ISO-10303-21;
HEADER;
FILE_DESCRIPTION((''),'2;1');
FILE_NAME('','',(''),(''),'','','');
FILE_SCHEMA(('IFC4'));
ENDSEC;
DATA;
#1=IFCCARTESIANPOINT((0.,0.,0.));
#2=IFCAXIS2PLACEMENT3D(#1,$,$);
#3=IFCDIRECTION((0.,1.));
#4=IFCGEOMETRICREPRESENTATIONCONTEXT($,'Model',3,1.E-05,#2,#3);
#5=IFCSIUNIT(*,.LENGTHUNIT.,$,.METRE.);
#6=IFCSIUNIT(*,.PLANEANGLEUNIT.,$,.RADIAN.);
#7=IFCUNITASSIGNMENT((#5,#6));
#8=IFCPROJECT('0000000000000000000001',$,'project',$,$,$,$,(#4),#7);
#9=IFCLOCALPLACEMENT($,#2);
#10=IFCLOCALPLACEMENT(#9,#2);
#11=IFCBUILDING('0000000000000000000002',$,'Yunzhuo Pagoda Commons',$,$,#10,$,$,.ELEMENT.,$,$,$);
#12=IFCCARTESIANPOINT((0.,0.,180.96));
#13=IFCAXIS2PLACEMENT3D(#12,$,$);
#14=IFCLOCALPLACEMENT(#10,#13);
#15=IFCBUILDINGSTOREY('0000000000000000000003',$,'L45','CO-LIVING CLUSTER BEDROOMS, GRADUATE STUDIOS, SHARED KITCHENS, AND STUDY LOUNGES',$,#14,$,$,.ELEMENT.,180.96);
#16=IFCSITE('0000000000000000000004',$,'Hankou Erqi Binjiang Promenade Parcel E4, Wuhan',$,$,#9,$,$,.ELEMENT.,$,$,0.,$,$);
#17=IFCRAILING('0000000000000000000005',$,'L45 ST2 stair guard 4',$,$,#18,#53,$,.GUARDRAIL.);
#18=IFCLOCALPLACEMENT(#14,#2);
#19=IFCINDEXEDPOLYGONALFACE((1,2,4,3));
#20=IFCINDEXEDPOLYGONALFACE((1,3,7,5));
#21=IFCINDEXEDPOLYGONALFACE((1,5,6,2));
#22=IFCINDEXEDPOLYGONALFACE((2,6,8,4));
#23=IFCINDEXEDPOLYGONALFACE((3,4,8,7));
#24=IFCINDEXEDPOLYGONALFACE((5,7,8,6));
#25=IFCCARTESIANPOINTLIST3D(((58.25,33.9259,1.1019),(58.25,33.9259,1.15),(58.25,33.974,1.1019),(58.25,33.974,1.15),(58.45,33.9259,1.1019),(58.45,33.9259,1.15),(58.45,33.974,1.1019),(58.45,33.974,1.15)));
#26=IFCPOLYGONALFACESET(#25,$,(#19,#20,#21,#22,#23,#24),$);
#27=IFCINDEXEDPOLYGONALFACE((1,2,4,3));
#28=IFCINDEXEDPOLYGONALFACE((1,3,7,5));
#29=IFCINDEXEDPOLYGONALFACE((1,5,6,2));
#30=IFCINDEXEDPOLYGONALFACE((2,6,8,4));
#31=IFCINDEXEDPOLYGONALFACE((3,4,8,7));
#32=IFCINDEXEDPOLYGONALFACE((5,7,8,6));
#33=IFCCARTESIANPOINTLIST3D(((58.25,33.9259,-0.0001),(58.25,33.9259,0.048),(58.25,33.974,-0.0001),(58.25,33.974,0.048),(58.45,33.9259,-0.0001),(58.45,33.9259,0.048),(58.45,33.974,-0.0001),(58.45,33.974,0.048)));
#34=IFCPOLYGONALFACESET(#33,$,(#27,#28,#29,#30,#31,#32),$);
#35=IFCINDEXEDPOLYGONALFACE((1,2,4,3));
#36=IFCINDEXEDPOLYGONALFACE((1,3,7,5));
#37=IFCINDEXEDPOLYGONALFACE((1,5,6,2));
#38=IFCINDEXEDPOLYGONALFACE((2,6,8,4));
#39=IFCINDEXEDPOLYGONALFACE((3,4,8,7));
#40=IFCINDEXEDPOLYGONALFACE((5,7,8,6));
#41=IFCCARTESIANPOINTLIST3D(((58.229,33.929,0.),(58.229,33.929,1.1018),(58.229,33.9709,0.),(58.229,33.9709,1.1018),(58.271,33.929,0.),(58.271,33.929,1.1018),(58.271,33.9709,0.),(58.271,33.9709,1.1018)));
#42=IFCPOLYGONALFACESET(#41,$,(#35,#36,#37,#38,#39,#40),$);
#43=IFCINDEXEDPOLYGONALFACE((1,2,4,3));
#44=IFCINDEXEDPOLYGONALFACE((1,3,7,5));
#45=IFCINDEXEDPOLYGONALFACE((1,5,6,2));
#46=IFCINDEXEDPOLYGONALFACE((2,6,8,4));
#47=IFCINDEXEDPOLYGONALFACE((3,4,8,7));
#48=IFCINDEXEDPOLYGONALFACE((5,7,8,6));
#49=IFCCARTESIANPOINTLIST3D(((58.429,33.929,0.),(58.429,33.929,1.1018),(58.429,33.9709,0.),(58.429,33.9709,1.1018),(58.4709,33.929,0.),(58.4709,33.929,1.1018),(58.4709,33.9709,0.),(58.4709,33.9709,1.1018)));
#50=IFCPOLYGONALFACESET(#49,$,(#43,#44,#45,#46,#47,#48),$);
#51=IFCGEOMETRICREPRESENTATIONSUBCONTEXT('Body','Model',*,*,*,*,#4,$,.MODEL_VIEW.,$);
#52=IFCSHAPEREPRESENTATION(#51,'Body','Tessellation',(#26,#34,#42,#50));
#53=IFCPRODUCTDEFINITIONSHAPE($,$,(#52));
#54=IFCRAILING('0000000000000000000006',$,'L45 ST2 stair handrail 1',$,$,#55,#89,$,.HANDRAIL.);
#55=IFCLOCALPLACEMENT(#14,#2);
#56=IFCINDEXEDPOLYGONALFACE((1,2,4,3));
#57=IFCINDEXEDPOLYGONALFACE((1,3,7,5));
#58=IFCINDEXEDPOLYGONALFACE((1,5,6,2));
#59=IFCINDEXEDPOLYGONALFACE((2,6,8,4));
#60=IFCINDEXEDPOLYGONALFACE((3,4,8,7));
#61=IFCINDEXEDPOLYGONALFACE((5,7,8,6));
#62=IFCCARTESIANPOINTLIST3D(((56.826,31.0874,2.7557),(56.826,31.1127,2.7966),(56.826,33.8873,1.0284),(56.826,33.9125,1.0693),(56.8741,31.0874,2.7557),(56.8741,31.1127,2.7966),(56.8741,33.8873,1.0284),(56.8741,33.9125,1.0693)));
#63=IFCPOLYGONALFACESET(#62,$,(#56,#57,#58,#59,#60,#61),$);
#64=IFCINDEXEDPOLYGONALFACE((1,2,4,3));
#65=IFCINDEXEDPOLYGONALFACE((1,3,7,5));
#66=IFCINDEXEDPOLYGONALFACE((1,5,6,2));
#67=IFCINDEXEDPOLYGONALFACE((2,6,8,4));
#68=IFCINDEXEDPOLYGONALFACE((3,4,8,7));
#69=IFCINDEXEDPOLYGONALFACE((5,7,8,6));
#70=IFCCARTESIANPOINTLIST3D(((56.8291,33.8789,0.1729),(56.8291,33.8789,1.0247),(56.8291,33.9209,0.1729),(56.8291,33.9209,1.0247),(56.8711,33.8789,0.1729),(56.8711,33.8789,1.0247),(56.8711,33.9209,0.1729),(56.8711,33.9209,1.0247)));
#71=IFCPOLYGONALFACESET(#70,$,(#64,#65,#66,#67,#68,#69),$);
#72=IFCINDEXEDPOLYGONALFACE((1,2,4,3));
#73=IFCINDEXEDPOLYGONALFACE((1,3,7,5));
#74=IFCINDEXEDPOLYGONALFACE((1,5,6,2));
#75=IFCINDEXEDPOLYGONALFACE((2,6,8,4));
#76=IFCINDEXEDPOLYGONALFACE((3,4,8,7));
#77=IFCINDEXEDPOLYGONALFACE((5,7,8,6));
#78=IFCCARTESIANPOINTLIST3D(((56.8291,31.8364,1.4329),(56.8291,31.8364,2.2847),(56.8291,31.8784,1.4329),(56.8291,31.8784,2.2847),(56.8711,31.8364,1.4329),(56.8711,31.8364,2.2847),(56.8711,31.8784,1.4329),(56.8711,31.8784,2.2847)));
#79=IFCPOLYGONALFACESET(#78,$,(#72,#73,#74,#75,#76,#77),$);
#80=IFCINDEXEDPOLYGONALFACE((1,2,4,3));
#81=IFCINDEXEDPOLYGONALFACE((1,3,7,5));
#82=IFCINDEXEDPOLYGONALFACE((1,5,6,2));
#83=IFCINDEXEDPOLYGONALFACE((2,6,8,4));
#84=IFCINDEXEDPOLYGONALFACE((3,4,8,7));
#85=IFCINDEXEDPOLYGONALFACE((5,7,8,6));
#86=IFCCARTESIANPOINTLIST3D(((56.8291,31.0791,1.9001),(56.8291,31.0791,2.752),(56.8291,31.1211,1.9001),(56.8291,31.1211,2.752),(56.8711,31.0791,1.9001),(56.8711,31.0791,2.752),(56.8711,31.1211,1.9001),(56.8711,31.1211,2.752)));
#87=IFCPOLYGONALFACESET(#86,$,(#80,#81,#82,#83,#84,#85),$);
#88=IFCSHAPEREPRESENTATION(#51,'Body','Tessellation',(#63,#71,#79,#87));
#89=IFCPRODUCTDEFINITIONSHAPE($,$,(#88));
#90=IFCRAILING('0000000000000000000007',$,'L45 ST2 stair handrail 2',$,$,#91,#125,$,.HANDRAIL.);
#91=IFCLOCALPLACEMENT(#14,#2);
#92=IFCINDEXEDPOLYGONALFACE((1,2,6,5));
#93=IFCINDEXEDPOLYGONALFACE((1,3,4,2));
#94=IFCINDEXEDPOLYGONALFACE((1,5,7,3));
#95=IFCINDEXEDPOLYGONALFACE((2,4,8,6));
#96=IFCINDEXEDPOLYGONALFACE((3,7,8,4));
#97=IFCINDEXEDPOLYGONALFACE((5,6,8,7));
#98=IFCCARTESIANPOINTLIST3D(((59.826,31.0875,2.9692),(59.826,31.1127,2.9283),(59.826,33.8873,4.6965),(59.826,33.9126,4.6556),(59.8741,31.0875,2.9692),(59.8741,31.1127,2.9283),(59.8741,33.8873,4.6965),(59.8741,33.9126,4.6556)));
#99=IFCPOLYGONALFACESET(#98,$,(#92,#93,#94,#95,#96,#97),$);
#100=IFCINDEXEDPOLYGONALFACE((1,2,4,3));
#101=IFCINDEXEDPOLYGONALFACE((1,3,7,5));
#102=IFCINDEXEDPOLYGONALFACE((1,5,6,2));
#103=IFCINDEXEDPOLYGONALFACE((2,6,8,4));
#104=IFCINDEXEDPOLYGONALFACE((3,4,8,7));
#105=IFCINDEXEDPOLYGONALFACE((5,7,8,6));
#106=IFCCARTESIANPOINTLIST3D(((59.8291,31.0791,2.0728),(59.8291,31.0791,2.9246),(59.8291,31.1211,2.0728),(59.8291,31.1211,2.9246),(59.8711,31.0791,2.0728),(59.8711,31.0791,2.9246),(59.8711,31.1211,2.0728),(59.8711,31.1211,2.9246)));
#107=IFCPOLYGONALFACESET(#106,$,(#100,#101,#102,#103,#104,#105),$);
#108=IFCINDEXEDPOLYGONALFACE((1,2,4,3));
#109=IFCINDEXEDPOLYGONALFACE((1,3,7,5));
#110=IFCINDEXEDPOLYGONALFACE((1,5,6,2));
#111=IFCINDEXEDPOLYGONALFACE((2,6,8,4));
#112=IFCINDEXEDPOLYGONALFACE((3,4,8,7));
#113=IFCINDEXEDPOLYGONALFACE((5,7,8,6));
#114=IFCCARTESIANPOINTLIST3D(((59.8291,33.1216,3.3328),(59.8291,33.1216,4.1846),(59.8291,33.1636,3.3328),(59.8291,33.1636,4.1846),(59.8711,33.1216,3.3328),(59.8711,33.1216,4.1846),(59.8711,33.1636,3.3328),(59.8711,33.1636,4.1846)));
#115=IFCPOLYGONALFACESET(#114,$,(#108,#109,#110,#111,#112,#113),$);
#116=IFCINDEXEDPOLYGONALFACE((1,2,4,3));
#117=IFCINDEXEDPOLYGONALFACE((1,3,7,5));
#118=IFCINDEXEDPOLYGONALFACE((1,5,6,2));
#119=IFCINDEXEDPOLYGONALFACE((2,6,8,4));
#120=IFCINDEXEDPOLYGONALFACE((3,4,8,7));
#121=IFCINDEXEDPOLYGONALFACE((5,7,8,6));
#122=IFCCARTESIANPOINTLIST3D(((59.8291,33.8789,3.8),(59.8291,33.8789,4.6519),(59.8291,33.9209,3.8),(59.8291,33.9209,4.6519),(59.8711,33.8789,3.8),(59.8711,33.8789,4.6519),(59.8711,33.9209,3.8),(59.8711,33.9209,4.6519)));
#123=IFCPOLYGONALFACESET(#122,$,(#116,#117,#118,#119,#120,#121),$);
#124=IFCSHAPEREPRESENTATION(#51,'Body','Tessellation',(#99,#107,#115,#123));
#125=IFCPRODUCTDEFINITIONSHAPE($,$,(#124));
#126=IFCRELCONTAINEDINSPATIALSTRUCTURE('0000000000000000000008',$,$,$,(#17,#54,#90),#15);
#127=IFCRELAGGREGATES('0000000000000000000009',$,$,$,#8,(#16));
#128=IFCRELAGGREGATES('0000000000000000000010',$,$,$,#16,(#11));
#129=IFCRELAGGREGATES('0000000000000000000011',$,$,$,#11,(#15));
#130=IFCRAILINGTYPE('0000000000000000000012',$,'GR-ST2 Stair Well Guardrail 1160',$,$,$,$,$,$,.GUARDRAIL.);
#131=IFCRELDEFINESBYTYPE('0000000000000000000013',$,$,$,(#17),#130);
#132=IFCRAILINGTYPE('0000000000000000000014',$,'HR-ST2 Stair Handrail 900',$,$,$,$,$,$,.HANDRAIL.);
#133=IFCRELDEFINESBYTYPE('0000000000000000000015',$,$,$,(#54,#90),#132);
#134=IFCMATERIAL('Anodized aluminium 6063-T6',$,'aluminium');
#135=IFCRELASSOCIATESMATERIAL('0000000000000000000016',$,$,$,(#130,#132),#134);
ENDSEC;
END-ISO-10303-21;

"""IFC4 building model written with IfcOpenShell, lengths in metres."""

from ifc_helpers import new_model, si_unit, direction, frame, origin, origin_2d, place, context, subcontext, project, spatial, rectangle, extrude, material, type_object, element, save


model = new_model("IFC4")

# Units and contexts
model_context = context("Model", 3, precision=1e-05, world=origin(), true_north=direction((0.0, 1.0)))
body_context = subcontext(model_context, "Body", "Model", "MODEL_VIEW")
ifc_project = project(units=[si_unit("LENGTHUNIT", "METRE"), si_unit("PLANEANGLEUNIT", "RADIAN")], contexts=[model_context])

# Site, building, storey
site_placement = place(None, origin())
site = spatial("IfcSite", under=ifc_project, at=site_placement, Name="Hankou Erqi Binjiang Promenade Parcel E4, Wuhan", CompositionType="ELEMENT", RefElevation=0.0)
building_placement = place(site_placement, origin())
building = spatial("IfcBuilding", under=site, at=building_placement, Name="Yunzhuo Pagoda Commons", CompositionType="ELEMENT")
storey_placement = place(building_placement, frame((0.0, 0.0, 180.96)))
storey = spatial("IfcBuildingStorey", under=building, at=storey_placement, Name="L45", Description="CO-LIVING CLUSTER BEDROOMS, GRADUATE STUDIOS, SHARED KITCHENS, AND STUDY LOUNGES", CompositionType="ELEMENT", Elevation=180.96)

# Railings
ifc_material_1 = material(Name="Anodized aluminium 6063-T6", Category="aluminium")
railing_type_1 = type_object("IfcRailingType", Name="GR-ST2 Stair Well Guardrail 1160", PredefinedType="GUARDRAIL", material=ifc_material_1)
railing_1_placement = place(storey_placement, frame((58.25, 33.95, 0.0)))
element("IfcRailing", 1, at=railing_1_placement, inside=storey, type_object=railing_type_1, Name="L45 ST2 stair guard 4", PredefinedType="GUARDRAIL", context=body_context, shape_type="SweptSolid", body=[
    extrude(rectangle(XDim=0.0481, YDim=0.0481, at=origin_2d()), frame((0.0, 0.0, 1.126), z_axis=(1.0, 0.0, 0.0), x_axis=(0.0, 1.0, 0.0)), (0.0, 0.0, 1.0), 0.2),
    extrude(rectangle(XDim=0.0481, YDim=0.0481, at=origin_2d()), frame((0.0, 0.0, 0.0239), z_axis=(1.0, 0.0, 0.0), x_axis=(0.0, 1.0, 0.0)), (0.0, 0.0, 1.0), 0.2),
    extrude(rectangle(XDim=0.042, YDim=0.042, at=origin_2d()), origin(), (0.0, 0.0, 1.0), 1.1018),
    extrude(rectangle(XDim=0.042, YDim=0.042, at=origin_2d()), frame((0.2, 0.0, 0.0)), (0.0, 0.0, 1.0), 1.1018),
])
railing_type_2 = type_object("IfcRailingType", Name="HR-ST2 Stair Handrail 900", PredefinedType="HANDRAIL", material=ifc_material_1)
railing_2_placement = place(storey_placement, frame((56.8501, 33.8999, 0.1729)))
element("IfcRailing", 2, at=railing_2_placement, inside=storey, type_object=railing_type_2, Name="L45 ST2 stair handrail 1", PredefinedType="HANDRAIL", context=body_context, shape_type="SweptSolid", body=[
    extrude(rectangle(XDim=0.0481, YDim=0.0481, at=origin_2d()), frame((0.0, 0.0, 0.876), z_axis=(0.0, -0.851069, 0.525054), x_axis=(1.0, 0.0, 0.0)), (0.0, 0.0, 1.0), 3.2898),
    extrude(rectangle(XDim=0.042, YDim=0.042, at=origin_2d()), origin(), (0.0, 0.0, 1.0), 0.8518),
    extrude(rectangle(XDim=0.042, YDim=0.042, at=origin_2d()), frame((0.0, -2.0425, 1.26)), (0.0, 0.0, 1.0), 0.8518),
    extrude(rectangle(XDim=0.042, YDim=0.042, at=origin_2d()), frame((0.0, -2.7998, 1.7273)), (0.0, 0.0, 1.0), 0.8518),
])
railing_3_placement = place(storey_placement, frame((59.8501, 31.1001, 2.0728)))
element("IfcRailing", 3, at=railing_3_placement, inside=storey, type_object=railing_type_2, Name="L45 ST2 stair handrail 2", PredefinedType="HANDRAIL", context=body_context, shape_type="SweptSolid", body=[
    extrude(rectangle(XDim=0.0481, YDim=0.0481, at=origin_2d()), frame((0.0, 0.0, 0.876), z_axis=(0.0, 0.851069, 0.525054), x_axis=(-1.0, 0.0, 0.0)), (0.0, 0.0, 1.0), 3.2898),
    extrude(rectangle(XDim=0.042, YDim=0.042, at=origin_2d()), origin(), (0.0, 0.0, 1.0), 0.8518),
    extrude(rectangle(XDim=0.042, YDim=0.042, at=origin_2d()), frame((0.0, 2.0425, 1.26)), (0.0, 0.0, 1.0), 0.8518),
    extrude(rectangle(XDim=0.042, YDim=0.042, at=origin_2d()), frame((0.0, 2.7998, 1.7273)), (0.0, 0.0, 1.0), 0.8518),
])

save(model, "model.ifc")
